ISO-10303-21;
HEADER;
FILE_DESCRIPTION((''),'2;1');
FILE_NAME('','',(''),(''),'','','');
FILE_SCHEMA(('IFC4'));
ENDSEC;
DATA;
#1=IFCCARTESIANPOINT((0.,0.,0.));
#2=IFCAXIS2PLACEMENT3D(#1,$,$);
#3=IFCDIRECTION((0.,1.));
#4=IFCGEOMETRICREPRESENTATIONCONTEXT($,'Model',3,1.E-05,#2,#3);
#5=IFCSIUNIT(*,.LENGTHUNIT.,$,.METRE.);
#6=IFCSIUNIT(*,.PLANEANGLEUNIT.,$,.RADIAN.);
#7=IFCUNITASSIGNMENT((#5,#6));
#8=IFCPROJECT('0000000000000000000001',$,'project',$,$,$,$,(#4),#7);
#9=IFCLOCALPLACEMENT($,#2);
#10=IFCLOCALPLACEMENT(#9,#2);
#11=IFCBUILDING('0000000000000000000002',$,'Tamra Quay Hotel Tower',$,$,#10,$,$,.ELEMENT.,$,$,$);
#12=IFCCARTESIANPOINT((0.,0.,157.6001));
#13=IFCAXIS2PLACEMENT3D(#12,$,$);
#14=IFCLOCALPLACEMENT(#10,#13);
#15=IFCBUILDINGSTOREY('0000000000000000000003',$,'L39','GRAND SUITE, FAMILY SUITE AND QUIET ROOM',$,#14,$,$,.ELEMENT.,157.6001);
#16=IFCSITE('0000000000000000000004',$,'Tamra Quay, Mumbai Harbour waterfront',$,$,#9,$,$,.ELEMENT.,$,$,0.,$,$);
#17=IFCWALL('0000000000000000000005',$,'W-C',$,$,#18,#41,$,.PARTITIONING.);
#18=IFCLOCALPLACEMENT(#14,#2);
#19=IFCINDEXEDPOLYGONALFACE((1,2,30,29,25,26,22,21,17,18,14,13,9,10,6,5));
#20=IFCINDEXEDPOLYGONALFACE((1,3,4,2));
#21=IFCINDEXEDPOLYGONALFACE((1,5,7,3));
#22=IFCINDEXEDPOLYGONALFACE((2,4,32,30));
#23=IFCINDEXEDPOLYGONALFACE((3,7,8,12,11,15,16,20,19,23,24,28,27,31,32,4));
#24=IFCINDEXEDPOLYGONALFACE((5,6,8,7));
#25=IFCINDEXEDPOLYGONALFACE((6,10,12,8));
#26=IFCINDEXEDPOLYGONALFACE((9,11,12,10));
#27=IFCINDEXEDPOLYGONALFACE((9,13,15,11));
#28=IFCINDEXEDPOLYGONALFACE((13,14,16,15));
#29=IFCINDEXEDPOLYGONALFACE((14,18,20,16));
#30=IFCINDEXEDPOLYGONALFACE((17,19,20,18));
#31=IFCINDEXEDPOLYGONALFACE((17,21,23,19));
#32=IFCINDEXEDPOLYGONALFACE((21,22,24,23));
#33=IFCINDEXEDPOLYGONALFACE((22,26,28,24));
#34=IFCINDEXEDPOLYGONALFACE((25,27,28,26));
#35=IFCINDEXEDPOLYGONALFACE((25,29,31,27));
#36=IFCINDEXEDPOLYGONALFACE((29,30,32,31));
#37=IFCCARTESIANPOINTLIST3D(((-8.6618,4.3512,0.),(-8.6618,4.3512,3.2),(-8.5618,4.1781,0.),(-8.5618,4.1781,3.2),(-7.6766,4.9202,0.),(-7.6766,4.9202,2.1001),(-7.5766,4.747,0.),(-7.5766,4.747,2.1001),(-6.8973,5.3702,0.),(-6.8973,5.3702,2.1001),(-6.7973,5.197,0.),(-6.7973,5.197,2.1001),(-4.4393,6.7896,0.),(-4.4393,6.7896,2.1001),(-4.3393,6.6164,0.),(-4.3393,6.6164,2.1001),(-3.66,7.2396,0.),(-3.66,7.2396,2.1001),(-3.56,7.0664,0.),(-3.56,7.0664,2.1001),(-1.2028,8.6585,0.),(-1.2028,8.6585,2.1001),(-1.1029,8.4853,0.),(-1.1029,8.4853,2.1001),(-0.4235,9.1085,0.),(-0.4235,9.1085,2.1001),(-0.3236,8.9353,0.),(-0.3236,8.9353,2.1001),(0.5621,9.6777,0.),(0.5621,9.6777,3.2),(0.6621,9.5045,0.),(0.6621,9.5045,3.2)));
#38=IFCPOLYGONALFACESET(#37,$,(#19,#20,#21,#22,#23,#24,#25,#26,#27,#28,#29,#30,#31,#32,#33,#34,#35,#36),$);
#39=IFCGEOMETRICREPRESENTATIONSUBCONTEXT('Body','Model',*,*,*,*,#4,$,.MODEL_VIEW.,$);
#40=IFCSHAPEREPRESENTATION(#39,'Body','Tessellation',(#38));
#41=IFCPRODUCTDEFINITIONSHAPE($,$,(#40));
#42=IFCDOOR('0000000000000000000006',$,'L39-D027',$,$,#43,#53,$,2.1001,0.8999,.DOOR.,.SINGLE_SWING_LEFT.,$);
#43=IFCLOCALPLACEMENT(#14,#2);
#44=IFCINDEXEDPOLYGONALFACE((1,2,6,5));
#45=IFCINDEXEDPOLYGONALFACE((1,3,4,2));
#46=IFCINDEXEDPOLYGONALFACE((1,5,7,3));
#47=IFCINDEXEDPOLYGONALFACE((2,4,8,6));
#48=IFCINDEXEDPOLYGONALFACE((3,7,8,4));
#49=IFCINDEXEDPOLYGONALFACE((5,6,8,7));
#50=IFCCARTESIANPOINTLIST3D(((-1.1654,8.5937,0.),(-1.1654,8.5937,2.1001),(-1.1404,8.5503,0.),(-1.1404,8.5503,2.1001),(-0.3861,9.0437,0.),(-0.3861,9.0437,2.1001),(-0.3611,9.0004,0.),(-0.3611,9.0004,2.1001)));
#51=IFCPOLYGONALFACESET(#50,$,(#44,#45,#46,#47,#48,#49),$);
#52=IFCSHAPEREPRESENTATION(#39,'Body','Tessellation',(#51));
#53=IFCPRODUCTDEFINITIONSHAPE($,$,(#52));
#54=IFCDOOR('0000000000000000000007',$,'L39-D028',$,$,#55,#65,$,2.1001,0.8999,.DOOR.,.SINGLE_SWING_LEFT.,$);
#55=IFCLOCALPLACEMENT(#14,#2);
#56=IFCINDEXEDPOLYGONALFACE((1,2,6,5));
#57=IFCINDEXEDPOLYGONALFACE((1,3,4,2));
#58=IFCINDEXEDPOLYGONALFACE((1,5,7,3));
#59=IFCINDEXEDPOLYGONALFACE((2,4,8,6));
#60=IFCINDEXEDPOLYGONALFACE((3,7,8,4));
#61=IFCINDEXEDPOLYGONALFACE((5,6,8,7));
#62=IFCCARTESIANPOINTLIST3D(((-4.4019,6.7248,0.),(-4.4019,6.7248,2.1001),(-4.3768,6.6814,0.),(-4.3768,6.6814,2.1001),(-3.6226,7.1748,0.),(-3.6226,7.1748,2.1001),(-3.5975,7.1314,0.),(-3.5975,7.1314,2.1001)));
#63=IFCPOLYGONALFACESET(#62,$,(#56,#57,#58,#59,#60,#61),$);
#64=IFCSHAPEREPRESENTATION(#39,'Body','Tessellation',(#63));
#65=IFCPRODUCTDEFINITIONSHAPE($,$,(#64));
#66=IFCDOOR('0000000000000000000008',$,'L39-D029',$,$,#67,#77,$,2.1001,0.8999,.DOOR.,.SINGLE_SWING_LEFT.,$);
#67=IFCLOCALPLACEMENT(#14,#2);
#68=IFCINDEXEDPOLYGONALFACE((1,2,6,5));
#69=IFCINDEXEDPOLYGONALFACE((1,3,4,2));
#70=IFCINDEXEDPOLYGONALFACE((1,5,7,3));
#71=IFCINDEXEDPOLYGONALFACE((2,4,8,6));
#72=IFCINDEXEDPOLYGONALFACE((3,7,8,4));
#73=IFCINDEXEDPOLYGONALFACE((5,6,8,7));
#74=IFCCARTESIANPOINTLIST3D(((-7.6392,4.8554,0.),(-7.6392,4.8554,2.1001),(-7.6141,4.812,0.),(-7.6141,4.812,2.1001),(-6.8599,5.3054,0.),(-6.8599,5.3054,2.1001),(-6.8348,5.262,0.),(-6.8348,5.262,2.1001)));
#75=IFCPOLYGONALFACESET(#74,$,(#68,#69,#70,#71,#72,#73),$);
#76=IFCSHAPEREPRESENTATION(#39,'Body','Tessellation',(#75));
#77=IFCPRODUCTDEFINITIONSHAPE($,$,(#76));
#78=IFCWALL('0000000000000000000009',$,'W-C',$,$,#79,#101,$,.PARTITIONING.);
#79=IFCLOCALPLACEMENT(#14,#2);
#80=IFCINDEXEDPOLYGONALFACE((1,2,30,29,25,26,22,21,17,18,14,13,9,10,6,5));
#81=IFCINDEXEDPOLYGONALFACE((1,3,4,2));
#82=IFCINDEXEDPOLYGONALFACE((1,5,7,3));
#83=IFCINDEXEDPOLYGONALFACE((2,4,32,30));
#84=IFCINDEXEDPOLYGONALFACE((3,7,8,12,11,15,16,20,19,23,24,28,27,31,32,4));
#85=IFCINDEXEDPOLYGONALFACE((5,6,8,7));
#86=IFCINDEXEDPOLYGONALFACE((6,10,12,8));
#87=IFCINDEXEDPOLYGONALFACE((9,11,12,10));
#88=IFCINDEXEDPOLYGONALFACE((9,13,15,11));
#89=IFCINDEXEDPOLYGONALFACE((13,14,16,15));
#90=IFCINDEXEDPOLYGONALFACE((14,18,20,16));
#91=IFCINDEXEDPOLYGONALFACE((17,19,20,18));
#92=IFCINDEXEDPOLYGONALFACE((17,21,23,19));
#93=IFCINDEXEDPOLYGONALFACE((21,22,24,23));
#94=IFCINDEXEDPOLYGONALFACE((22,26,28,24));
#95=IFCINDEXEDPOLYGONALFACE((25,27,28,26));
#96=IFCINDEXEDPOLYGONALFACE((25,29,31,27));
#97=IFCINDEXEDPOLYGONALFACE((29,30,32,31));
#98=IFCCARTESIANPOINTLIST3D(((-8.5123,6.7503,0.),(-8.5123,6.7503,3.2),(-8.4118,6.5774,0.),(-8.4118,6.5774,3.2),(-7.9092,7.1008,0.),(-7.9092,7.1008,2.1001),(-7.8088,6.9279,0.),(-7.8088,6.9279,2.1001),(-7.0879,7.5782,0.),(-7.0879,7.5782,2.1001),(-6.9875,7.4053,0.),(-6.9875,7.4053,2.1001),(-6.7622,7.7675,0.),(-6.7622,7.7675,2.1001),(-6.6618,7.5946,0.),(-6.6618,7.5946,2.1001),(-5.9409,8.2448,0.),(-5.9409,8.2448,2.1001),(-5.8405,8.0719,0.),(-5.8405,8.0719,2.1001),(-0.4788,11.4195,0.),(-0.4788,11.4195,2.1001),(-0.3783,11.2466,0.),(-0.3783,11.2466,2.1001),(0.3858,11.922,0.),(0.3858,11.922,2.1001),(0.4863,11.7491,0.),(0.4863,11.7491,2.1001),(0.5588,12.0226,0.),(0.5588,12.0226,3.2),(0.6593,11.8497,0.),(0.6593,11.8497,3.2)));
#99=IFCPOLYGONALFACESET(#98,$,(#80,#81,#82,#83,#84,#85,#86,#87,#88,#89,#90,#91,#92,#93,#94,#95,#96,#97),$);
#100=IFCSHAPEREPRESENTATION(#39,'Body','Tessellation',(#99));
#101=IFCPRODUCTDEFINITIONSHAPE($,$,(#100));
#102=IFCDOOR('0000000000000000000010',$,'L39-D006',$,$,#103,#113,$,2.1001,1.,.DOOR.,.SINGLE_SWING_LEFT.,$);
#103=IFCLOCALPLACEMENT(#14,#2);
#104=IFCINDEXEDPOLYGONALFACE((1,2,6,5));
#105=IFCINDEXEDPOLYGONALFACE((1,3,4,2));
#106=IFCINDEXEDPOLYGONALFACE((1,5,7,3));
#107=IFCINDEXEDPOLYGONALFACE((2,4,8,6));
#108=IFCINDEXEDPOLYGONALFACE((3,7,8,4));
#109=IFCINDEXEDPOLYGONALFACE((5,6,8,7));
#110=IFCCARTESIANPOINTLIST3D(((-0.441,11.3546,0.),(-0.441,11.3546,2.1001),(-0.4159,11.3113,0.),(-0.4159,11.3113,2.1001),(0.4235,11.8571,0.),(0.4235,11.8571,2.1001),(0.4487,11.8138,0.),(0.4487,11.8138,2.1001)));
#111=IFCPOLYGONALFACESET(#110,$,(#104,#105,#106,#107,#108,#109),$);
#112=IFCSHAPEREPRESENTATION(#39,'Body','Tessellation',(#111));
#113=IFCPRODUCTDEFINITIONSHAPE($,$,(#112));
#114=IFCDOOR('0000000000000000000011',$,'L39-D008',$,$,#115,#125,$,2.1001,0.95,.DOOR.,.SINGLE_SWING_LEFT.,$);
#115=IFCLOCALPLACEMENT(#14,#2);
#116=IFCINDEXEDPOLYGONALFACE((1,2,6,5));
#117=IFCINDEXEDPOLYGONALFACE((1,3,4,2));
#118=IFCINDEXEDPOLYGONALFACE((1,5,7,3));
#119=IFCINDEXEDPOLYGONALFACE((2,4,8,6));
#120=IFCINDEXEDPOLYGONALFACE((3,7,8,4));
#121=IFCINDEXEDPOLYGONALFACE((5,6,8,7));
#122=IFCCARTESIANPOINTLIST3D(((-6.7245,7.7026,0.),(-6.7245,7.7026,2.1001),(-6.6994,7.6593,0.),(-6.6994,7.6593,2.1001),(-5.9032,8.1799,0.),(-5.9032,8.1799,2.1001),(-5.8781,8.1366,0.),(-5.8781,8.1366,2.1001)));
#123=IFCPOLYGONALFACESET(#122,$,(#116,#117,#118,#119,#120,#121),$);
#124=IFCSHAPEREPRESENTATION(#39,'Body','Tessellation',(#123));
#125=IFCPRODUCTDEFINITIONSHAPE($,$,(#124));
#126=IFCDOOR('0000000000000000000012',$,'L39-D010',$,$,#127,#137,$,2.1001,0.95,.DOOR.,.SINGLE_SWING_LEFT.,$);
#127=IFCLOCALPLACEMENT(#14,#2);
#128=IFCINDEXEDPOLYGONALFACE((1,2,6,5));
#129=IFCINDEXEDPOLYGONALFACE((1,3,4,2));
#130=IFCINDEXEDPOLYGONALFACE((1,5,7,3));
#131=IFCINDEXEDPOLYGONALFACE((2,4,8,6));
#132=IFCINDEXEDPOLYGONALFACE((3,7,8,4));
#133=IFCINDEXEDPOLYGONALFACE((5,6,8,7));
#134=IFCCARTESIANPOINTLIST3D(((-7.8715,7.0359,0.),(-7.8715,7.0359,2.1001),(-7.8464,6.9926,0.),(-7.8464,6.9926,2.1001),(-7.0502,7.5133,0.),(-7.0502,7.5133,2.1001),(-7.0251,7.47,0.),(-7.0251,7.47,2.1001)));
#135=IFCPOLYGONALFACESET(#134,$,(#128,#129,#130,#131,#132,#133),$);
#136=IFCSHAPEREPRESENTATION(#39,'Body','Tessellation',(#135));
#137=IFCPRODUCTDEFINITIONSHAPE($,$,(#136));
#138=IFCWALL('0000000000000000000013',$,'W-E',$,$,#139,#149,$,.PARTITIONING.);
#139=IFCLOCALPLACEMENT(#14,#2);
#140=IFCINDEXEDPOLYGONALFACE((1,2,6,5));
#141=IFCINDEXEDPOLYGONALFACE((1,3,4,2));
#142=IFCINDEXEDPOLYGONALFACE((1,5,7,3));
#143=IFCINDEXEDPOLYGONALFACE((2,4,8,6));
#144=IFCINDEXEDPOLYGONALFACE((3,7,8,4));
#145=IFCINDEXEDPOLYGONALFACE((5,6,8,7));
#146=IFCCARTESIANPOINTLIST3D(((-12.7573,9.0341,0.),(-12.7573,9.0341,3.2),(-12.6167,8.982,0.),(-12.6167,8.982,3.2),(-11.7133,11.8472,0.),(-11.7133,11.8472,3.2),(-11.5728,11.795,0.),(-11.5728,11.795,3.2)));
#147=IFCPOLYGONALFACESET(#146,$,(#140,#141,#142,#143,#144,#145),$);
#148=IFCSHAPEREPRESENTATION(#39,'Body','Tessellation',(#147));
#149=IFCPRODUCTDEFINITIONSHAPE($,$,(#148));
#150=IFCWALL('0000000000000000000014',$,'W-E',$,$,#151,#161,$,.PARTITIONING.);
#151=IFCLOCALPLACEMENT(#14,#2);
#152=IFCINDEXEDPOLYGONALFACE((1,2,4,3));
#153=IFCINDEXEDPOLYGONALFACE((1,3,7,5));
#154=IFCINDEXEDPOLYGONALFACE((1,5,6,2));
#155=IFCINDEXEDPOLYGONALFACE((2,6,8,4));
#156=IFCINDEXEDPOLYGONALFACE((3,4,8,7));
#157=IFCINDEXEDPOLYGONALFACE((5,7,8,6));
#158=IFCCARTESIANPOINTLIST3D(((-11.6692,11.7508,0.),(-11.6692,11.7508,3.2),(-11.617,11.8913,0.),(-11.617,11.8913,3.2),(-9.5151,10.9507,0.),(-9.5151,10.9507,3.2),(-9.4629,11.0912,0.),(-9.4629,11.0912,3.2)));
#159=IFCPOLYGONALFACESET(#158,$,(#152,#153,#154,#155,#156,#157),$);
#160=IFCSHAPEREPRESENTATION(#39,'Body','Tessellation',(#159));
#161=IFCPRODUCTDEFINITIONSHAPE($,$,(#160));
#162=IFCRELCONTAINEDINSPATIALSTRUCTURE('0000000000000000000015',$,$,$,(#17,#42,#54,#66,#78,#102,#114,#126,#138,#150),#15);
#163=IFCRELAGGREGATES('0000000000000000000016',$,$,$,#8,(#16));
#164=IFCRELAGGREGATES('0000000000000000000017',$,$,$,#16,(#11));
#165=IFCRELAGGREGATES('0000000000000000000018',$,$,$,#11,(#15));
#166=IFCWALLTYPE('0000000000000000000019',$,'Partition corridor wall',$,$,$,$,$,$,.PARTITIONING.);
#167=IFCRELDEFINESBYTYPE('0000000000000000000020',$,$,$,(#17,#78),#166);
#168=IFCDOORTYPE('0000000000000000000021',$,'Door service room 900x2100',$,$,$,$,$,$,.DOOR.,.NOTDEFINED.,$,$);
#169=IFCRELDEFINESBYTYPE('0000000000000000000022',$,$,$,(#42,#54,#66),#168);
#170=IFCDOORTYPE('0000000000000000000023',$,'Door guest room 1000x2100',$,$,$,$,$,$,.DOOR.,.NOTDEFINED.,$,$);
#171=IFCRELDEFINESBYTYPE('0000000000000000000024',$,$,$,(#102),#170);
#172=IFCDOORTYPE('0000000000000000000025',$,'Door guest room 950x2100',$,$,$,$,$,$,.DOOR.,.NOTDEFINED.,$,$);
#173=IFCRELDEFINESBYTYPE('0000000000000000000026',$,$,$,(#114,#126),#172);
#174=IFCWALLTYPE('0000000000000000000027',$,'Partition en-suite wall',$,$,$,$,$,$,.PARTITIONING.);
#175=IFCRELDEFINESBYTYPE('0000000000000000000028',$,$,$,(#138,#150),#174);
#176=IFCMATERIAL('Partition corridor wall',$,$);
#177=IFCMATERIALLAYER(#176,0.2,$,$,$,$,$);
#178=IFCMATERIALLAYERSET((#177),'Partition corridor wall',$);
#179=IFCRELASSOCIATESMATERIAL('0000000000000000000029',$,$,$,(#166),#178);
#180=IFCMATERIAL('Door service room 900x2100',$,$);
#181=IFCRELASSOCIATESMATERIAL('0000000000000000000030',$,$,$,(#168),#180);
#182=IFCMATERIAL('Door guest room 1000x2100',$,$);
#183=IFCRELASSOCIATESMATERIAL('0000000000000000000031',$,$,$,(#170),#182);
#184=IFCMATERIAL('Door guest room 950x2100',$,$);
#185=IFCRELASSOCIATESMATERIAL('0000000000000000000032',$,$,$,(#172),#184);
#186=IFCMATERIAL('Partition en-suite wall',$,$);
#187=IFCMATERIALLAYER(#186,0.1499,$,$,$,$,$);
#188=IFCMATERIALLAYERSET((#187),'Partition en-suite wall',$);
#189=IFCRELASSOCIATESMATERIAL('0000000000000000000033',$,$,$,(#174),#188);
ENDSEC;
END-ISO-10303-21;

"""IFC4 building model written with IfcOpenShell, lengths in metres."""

from ifc_helpers import new_model, si_unit, direction, frame, frame_2d, origin, place, context, subcontext, project, spatial, rectangle, extrude, material, layer, layer_set, type_object, element, fill, save


model = new_model("IFC4")

# Units and contexts
model_context = context("Model", 3, precision=1e-05, world=origin(), true_north=direction((0.0, 1.0)))
body_context = subcontext(model_context, "Body", "Model", "MODEL_VIEW")
ifc_project = project(units=[si_unit("LENGTHUNIT", "METRE"), si_unit("PLANEANGLEUNIT", "RADIAN")], contexts=[model_context])

# Site, building, storey
site_placement = place(None, origin())
site = spatial("IfcSite", under=ifc_project, at=site_placement, Name="Tamra Quay, Mumbai Harbour waterfront", CompositionType="ELEMENT", RefElevation=0.0)
building_placement = place(site_placement, origin())
building = spatial("IfcBuilding", under=site, at=building_placement, Name="Tamra Quay Hotel Tower", CompositionType="ELEMENT")
storey_placement = place(building_placement, frame((0.0, 0.0, 157.6001)))
storey = spatial("IfcBuildingStorey", under=building, at=storey_placement, Name="L39", Description="GRAND SUITE, FAMILY SUITE AND QUIET ROOM", CompositionType="ELEMENT", Elevation=157.6001)

# Shared definitions
ifc_material_1 = material(Name="Partition corridor wall")
ifc_layer_1 = layer(ifc_material_1, 0.2)
ifc_layer_set_1 = layer_set([ifc_layer_1], Name="Partition corridor wall")
wall_type_1 = type_object("IfcWallType", Name="Partition corridor wall", PredefinedType="PARTITIONING", material=ifc_layer_set_1)

# Walls, openings, doors
wall_1_placement = place(storey_placement, frame((-8.6118, 4.2646, 0.0), z_axis=(0.0, 0.0, 1.0), x_axis=(0.865984, 0.500071, 0.0)))
wall_1 = element("IfcWall", 1, at=wall_1_placement, inside=storey, type_object=wall_type_1, Name="W-C", PredefinedType="PARTITIONING", context=body_context, shape_type="SweptSolid", body=[
    extrude(rectangle(XDim=10.6514, YDim=0.2, at=frame_2d((5.3257, 0.0))), origin(), (0.0, 0.0, 1.0), 3.2),
])
opening_1_placement = place(wall_1_placement, frame((8.6133, 0.0, 0.0)))
opening_1 = element("IfcOpeningElement", 2, at=opening_1_placement, cuts=wall_1, PredefinedType="OPENING", context=body_context, shape_type="SweptSolid", body=[
    extrude(rectangle(XDim=0.8999, YDim=2.1001, at=frame_2d((0.45, 1.05))), frame((0.0, 0.1099, 0.0), z_axis=(0.0, -1.0, 0.0), x_axis=(1.0, 0.0, 0.0)), (0.0, 0.0, 1.0), 0.22),
])
opening_2_placement = place(wall_1_placement, frame((4.876, 0.0, 0.0)))
opening_2 = element("IfcOpeningElement", 3, at=opening_2_placement, cuts=wall_1, PredefinedType="OPENING", context=body_context, shape_type="SweptSolid", body=[
    extrude(rectangle(XDim=0.8999, YDim=2.1001, at=frame_2d((0.45, 1.05))), frame((0.0, 0.1099, 0.0), z_axis=(0.0, -1.0, 0.0), x_axis=(1.0, 0.0, 0.0)), (0.0, 0.0, 1.0), 0.22),
])
opening_3_placement = place(wall_1_placement, frame((1.1377, 0.0, 0.0)))
opening_3 = element("IfcOpeningElement", 4, at=opening_3_placement, cuts=wall_1, PredefinedType="OPENING", context=body_context, shape_type="SweptSolid", body=[
    extrude(rectangle(XDim=0.8999, YDim=2.1001, at=frame_2d((0.45, 1.05))), frame((0.0, 0.1099, 0.0), z_axis=(0.0, -1.0, 0.0), x_axis=(1.0, 0.0, 0.0)), (0.0, 0.0, 1.0), 0.22),
])
ifc_material_2 = material(Name="Door service room 900x2100")
door_type_1 = type_object("IfcDoorType", Name="Door service room 900x2100", OperationType="NOTDEFINED", PredefinedType="DOOR", material=ifc_material_2)
door_1_placement = place(opening_1_placement, frame((0.8999, 0.0, 0.0), z_axis=(0.0, 0.0, 1.0), x_axis=(-1.0, 0.0, 0.0)))
door_1 = element("IfcDoor", 5, at=door_1_placement, inside=storey, type_object=door_type_1, Name="L39-D027", OperationType="SINGLE_SWING_LEFT", OverallHeight=2.1001, OverallWidth=0.8999, PredefinedType="DOOR", context=body_context, shape_type="SweptSolid", body=[
    extrude(rectangle(XDim=0.8999, YDim=2.1001, at=frame_2d((0.45, 1.05))), frame((0.0, 0.0249, 0.0), z_axis=(0.0, -1.0, 0.0), x_axis=(1.0, 0.0, 0.0)), (0.0, 0.0, 1.0), 0.05),
])
fill(opening_1, door_1)
door_2_placement = place(opening_2_placement, frame((0.8999, 0.0, 0.0), z_axis=(0.0, 0.0, 1.0), x_axis=(-1.0, 0.0, 0.0)))
door_2 = element("IfcDoor", 6, at=door_2_placement, inside=storey, type_object=door_type_1, Name="L39-D028", OperationType="SINGLE_SWING_LEFT", OverallHeight=2.1001, OverallWidth=0.8999, PredefinedType="DOOR", context=body_context, shape_type="SweptSolid", body=[
    extrude(rectangle(XDim=0.8999, YDim=2.1001, at=frame_2d((0.45, 1.05))), frame((0.0, 0.0249, 0.0), z_axis=(0.0, -1.0, 0.0), x_axis=(1.0, 0.0, 0.0)), (0.0, 0.0, 1.0), 0.05),
])
fill(opening_2, door_2)
door_3_placement = place(opening_3_placement, frame((0.8999, 0.0, 0.0), z_axis=(0.0, 0.0, 1.0), x_axis=(-1.0, 0.0, 0.0)))
door_3 = element("IfcDoor", 7, at=door_3_placement, inside=storey, type_object=door_type_1, Name="L39-D029", OperationType="SINGLE_SWING_LEFT", OverallHeight=2.1001, OverallWidth=0.8999, PredefinedType="DOOR", context=body_context, shape_type="SweptSolid", body=[
    extrude(rectangle(XDim=0.8999, YDim=2.1001, at=frame_2d((0.45, 1.05))), frame((0.0, 0.0249, 0.0), z_axis=(0.0, -1.0, 0.0), x_axis=(1.0, 0.0, 0.0)), (0.0, 0.0, 1.0), 0.05),
])
fill(opening_3, door_3)
wall_2_placement = place(storey_placement, frame((-8.4622, 6.6638, 0.0), z_axis=(0.0, 0.0, 1.0), x_axis=(0.864575, 0.502503, 0.0)))
wall_2 = element("IfcWall", 8, at=wall_2_placement, inside=storey, type_object=wall_type_1, Name="W-C", PredefinedType="PARTITIONING", context=body_context, shape_type="SweptSolid", body=[
    extrude(rectangle(XDim=10.4919, YDim=0.2, at=frame_2d((5.2461, 0.0))), origin(), (0.0, 0.0, 1.0), 3.2),
])
opening_4_placement = place(wall_2_placement, frame((9.292, 0.0, 0.0)))
opening_4 = element("IfcOpeningElement", 9, at=opening_4_placement, cuts=wall_2, PredefinedType="OPENING", context=body_context, shape_type="SweptSolid", body=[
    extrude(rectangle(XDim=1.0, YDim=2.1001, at=frame_2d((0.5, 1.05))), frame((0.0, 0.1099, 0.0), z_axis=(0.0, -1.0, 0.0), x_axis=(1.0, 0.0, 0.0)), (0.0, 0.0, 1.0), 0.22),
])
opening_5_placement = place(wall_2_placement, frame((2.0242, 0.0, 0.0)))
opening_5 = element("IfcOpeningElement", 10, at=opening_5_placement, cuts=wall_2, PredefinedType="OPENING", context=body_context, shape_type="SweptSolid", body=[
    extrude(rectangle(XDim=0.95, YDim=2.1001, at=frame_2d((0.4751, 1.05))), frame((0.0, 0.1099, 0.0), z_axis=(0.0, -1.0, 0.0), x_axis=(1.0, 0.0, 0.0)), (0.0, 0.0, 1.0), 0.22),
])
opening_6_placement = place(wall_2_placement, frame((0.6975, 0.0, 0.0)))
opening_6 = element("IfcOpeningElement", 11, at=opening_6_placement, cuts=wall_2, PredefinedType="OPENING", context=body_context, shape_type="SweptSolid", body=[
    extrude(rectangle(XDim=0.95, YDim=2.1001, at=frame_2d((0.4751, 1.05))), frame((0.0, 0.1099, 0.0), z_axis=(0.0, -1.0, 0.0), x_axis=(1.0, 0.0, 0.0)), (0.0, 0.0, 1.0), 0.22),
])
ifc_material_3 = material(Name="Door guest room 1000x2100")
door_type_2 = type_object("IfcDoorType", Name="Door guest room 1000x2100", OperationType="NOTDEFINED", PredefinedType="DOOR", material=ifc_material_3)
door_4_placement = place(opening_4_placement, origin())
door_4 = element("IfcDoor", 12, at=door_4_placement, inside=storey, type_object=door_type_2, Name="L39-D006", OperationType="SINGLE_SWING_LEFT", OverallHeight=2.1001, OverallWidth=1.0, PredefinedType="DOOR", context=body_context, shape_type="SweptSolid", body=[
    extrude(rectangle(XDim=1.0, YDim=2.1001, at=frame_2d((0.5, 1.05))), frame((0.0, 0.0249, 0.0), z_axis=(0.0, -1.0, 0.0), x_axis=(1.0, 0.0, 0.0)), (0.0, 0.0, 1.0), 0.05),
])
fill(opening_4, door_4)
ifc_material_4 = material(Name="Door guest room 950x2100")
door_type_3 = type_object("IfcDoorType", Name="Door guest room 950x2100", OperationType="NOTDEFINED", PredefinedType="DOOR", material=ifc_material_4)
door_5_placement = place(opening_5_placement, origin())
door_5 = element("IfcDoor", 13, at=door_5_placement, inside=storey, type_object=door_type_3, Name="L39-D008", OperationType="SINGLE_SWING_LEFT", OverallHeight=2.1001, OverallWidth=0.95, PredefinedType="DOOR", context=body_context, shape_type="SweptSolid", body=[
    extrude(rectangle(XDim=0.95, YDim=2.1001, at=frame_2d((0.4751, 1.05))), frame((0.0, 0.0249, 0.0), z_axis=(0.0, -1.0, 0.0), x_axis=(1.0, 0.0, 0.0)), (0.0, 0.0, 1.0), 0.05),
])
fill(opening_5, door_5)
door_6_placement = place(opening_6_placement, origin())
door_6 = element("IfcDoor", 14, at=door_6_placement, inside=storey, type_object=door_type_3, Name="L39-D010", OperationType="SINGLE_SWING_LEFT", OverallHeight=2.1001, OverallWidth=0.95, PredefinedType="DOOR", context=body_context, shape_type="SweptSolid", body=[
    extrude(rectangle(XDim=0.95, YDim=2.1001, at=frame_2d((0.4751, 1.05))), frame((0.0, 0.0249, 0.0), z_axis=(0.0, -1.0, 0.0), x_axis=(1.0, 0.0, 0.0)), (0.0, 0.0, 1.0), 0.05),
])
fill(opening_6, door_6)

# Walls
ifc_material_5 = material(Name="Partition en-suite wall")
ifc_layer_2 = layer(ifc_material_5, 0.1499)
ifc_layer_set_2 = layer_set([ifc_layer_2], Name="Partition en-suite wall")
wall_type_2 = type_object("IfcWallType", Name="Partition en-suite wall", PredefinedType="PARTITIONING", material=ifc_layer_set_2)
wall_3_placement = place(storey_placement, frame((-12.687, 9.0081, 0.0), z_axis=(0.0, 0.0, 1.0), x_axis=(0.347929, 0.937521, 0.0)))
element("IfcWall", 15, at=wall_3_placement, inside=storey, type_object=wall_type_2, Name="W-E", PredefinedType="PARTITIONING", context=body_context, shape_type="SweptSolid", body=[
    extrude(rectangle(XDim=3.0005, YDim=0.1499, at=frame_2d((1.5002, 0.0))), origin(), (0.0, 0.0, 1.0), 3.2),
])
wall_4_placement = place(storey_placement, frame((-11.6431, 11.821, 0.0), z_axis=(0.0, 0.0, 1.0), x_axis=(0.937429, -0.348176, 0.0)))
element("IfcWall", 16, at=wall_4_placement, inside=storey, type_object=wall_type_2, Name="W-E", PredefinedType="PARTITIONING", context=body_context, shape_type="SweptSolid", body=[
    extrude(rectangle(XDim=2.2979, YDim=0.1499, at=frame_2d((1.1489, 0.0))), origin(), (0.0, 0.0, 1.0), 3.2),
])

save(model, "model.ifc")
